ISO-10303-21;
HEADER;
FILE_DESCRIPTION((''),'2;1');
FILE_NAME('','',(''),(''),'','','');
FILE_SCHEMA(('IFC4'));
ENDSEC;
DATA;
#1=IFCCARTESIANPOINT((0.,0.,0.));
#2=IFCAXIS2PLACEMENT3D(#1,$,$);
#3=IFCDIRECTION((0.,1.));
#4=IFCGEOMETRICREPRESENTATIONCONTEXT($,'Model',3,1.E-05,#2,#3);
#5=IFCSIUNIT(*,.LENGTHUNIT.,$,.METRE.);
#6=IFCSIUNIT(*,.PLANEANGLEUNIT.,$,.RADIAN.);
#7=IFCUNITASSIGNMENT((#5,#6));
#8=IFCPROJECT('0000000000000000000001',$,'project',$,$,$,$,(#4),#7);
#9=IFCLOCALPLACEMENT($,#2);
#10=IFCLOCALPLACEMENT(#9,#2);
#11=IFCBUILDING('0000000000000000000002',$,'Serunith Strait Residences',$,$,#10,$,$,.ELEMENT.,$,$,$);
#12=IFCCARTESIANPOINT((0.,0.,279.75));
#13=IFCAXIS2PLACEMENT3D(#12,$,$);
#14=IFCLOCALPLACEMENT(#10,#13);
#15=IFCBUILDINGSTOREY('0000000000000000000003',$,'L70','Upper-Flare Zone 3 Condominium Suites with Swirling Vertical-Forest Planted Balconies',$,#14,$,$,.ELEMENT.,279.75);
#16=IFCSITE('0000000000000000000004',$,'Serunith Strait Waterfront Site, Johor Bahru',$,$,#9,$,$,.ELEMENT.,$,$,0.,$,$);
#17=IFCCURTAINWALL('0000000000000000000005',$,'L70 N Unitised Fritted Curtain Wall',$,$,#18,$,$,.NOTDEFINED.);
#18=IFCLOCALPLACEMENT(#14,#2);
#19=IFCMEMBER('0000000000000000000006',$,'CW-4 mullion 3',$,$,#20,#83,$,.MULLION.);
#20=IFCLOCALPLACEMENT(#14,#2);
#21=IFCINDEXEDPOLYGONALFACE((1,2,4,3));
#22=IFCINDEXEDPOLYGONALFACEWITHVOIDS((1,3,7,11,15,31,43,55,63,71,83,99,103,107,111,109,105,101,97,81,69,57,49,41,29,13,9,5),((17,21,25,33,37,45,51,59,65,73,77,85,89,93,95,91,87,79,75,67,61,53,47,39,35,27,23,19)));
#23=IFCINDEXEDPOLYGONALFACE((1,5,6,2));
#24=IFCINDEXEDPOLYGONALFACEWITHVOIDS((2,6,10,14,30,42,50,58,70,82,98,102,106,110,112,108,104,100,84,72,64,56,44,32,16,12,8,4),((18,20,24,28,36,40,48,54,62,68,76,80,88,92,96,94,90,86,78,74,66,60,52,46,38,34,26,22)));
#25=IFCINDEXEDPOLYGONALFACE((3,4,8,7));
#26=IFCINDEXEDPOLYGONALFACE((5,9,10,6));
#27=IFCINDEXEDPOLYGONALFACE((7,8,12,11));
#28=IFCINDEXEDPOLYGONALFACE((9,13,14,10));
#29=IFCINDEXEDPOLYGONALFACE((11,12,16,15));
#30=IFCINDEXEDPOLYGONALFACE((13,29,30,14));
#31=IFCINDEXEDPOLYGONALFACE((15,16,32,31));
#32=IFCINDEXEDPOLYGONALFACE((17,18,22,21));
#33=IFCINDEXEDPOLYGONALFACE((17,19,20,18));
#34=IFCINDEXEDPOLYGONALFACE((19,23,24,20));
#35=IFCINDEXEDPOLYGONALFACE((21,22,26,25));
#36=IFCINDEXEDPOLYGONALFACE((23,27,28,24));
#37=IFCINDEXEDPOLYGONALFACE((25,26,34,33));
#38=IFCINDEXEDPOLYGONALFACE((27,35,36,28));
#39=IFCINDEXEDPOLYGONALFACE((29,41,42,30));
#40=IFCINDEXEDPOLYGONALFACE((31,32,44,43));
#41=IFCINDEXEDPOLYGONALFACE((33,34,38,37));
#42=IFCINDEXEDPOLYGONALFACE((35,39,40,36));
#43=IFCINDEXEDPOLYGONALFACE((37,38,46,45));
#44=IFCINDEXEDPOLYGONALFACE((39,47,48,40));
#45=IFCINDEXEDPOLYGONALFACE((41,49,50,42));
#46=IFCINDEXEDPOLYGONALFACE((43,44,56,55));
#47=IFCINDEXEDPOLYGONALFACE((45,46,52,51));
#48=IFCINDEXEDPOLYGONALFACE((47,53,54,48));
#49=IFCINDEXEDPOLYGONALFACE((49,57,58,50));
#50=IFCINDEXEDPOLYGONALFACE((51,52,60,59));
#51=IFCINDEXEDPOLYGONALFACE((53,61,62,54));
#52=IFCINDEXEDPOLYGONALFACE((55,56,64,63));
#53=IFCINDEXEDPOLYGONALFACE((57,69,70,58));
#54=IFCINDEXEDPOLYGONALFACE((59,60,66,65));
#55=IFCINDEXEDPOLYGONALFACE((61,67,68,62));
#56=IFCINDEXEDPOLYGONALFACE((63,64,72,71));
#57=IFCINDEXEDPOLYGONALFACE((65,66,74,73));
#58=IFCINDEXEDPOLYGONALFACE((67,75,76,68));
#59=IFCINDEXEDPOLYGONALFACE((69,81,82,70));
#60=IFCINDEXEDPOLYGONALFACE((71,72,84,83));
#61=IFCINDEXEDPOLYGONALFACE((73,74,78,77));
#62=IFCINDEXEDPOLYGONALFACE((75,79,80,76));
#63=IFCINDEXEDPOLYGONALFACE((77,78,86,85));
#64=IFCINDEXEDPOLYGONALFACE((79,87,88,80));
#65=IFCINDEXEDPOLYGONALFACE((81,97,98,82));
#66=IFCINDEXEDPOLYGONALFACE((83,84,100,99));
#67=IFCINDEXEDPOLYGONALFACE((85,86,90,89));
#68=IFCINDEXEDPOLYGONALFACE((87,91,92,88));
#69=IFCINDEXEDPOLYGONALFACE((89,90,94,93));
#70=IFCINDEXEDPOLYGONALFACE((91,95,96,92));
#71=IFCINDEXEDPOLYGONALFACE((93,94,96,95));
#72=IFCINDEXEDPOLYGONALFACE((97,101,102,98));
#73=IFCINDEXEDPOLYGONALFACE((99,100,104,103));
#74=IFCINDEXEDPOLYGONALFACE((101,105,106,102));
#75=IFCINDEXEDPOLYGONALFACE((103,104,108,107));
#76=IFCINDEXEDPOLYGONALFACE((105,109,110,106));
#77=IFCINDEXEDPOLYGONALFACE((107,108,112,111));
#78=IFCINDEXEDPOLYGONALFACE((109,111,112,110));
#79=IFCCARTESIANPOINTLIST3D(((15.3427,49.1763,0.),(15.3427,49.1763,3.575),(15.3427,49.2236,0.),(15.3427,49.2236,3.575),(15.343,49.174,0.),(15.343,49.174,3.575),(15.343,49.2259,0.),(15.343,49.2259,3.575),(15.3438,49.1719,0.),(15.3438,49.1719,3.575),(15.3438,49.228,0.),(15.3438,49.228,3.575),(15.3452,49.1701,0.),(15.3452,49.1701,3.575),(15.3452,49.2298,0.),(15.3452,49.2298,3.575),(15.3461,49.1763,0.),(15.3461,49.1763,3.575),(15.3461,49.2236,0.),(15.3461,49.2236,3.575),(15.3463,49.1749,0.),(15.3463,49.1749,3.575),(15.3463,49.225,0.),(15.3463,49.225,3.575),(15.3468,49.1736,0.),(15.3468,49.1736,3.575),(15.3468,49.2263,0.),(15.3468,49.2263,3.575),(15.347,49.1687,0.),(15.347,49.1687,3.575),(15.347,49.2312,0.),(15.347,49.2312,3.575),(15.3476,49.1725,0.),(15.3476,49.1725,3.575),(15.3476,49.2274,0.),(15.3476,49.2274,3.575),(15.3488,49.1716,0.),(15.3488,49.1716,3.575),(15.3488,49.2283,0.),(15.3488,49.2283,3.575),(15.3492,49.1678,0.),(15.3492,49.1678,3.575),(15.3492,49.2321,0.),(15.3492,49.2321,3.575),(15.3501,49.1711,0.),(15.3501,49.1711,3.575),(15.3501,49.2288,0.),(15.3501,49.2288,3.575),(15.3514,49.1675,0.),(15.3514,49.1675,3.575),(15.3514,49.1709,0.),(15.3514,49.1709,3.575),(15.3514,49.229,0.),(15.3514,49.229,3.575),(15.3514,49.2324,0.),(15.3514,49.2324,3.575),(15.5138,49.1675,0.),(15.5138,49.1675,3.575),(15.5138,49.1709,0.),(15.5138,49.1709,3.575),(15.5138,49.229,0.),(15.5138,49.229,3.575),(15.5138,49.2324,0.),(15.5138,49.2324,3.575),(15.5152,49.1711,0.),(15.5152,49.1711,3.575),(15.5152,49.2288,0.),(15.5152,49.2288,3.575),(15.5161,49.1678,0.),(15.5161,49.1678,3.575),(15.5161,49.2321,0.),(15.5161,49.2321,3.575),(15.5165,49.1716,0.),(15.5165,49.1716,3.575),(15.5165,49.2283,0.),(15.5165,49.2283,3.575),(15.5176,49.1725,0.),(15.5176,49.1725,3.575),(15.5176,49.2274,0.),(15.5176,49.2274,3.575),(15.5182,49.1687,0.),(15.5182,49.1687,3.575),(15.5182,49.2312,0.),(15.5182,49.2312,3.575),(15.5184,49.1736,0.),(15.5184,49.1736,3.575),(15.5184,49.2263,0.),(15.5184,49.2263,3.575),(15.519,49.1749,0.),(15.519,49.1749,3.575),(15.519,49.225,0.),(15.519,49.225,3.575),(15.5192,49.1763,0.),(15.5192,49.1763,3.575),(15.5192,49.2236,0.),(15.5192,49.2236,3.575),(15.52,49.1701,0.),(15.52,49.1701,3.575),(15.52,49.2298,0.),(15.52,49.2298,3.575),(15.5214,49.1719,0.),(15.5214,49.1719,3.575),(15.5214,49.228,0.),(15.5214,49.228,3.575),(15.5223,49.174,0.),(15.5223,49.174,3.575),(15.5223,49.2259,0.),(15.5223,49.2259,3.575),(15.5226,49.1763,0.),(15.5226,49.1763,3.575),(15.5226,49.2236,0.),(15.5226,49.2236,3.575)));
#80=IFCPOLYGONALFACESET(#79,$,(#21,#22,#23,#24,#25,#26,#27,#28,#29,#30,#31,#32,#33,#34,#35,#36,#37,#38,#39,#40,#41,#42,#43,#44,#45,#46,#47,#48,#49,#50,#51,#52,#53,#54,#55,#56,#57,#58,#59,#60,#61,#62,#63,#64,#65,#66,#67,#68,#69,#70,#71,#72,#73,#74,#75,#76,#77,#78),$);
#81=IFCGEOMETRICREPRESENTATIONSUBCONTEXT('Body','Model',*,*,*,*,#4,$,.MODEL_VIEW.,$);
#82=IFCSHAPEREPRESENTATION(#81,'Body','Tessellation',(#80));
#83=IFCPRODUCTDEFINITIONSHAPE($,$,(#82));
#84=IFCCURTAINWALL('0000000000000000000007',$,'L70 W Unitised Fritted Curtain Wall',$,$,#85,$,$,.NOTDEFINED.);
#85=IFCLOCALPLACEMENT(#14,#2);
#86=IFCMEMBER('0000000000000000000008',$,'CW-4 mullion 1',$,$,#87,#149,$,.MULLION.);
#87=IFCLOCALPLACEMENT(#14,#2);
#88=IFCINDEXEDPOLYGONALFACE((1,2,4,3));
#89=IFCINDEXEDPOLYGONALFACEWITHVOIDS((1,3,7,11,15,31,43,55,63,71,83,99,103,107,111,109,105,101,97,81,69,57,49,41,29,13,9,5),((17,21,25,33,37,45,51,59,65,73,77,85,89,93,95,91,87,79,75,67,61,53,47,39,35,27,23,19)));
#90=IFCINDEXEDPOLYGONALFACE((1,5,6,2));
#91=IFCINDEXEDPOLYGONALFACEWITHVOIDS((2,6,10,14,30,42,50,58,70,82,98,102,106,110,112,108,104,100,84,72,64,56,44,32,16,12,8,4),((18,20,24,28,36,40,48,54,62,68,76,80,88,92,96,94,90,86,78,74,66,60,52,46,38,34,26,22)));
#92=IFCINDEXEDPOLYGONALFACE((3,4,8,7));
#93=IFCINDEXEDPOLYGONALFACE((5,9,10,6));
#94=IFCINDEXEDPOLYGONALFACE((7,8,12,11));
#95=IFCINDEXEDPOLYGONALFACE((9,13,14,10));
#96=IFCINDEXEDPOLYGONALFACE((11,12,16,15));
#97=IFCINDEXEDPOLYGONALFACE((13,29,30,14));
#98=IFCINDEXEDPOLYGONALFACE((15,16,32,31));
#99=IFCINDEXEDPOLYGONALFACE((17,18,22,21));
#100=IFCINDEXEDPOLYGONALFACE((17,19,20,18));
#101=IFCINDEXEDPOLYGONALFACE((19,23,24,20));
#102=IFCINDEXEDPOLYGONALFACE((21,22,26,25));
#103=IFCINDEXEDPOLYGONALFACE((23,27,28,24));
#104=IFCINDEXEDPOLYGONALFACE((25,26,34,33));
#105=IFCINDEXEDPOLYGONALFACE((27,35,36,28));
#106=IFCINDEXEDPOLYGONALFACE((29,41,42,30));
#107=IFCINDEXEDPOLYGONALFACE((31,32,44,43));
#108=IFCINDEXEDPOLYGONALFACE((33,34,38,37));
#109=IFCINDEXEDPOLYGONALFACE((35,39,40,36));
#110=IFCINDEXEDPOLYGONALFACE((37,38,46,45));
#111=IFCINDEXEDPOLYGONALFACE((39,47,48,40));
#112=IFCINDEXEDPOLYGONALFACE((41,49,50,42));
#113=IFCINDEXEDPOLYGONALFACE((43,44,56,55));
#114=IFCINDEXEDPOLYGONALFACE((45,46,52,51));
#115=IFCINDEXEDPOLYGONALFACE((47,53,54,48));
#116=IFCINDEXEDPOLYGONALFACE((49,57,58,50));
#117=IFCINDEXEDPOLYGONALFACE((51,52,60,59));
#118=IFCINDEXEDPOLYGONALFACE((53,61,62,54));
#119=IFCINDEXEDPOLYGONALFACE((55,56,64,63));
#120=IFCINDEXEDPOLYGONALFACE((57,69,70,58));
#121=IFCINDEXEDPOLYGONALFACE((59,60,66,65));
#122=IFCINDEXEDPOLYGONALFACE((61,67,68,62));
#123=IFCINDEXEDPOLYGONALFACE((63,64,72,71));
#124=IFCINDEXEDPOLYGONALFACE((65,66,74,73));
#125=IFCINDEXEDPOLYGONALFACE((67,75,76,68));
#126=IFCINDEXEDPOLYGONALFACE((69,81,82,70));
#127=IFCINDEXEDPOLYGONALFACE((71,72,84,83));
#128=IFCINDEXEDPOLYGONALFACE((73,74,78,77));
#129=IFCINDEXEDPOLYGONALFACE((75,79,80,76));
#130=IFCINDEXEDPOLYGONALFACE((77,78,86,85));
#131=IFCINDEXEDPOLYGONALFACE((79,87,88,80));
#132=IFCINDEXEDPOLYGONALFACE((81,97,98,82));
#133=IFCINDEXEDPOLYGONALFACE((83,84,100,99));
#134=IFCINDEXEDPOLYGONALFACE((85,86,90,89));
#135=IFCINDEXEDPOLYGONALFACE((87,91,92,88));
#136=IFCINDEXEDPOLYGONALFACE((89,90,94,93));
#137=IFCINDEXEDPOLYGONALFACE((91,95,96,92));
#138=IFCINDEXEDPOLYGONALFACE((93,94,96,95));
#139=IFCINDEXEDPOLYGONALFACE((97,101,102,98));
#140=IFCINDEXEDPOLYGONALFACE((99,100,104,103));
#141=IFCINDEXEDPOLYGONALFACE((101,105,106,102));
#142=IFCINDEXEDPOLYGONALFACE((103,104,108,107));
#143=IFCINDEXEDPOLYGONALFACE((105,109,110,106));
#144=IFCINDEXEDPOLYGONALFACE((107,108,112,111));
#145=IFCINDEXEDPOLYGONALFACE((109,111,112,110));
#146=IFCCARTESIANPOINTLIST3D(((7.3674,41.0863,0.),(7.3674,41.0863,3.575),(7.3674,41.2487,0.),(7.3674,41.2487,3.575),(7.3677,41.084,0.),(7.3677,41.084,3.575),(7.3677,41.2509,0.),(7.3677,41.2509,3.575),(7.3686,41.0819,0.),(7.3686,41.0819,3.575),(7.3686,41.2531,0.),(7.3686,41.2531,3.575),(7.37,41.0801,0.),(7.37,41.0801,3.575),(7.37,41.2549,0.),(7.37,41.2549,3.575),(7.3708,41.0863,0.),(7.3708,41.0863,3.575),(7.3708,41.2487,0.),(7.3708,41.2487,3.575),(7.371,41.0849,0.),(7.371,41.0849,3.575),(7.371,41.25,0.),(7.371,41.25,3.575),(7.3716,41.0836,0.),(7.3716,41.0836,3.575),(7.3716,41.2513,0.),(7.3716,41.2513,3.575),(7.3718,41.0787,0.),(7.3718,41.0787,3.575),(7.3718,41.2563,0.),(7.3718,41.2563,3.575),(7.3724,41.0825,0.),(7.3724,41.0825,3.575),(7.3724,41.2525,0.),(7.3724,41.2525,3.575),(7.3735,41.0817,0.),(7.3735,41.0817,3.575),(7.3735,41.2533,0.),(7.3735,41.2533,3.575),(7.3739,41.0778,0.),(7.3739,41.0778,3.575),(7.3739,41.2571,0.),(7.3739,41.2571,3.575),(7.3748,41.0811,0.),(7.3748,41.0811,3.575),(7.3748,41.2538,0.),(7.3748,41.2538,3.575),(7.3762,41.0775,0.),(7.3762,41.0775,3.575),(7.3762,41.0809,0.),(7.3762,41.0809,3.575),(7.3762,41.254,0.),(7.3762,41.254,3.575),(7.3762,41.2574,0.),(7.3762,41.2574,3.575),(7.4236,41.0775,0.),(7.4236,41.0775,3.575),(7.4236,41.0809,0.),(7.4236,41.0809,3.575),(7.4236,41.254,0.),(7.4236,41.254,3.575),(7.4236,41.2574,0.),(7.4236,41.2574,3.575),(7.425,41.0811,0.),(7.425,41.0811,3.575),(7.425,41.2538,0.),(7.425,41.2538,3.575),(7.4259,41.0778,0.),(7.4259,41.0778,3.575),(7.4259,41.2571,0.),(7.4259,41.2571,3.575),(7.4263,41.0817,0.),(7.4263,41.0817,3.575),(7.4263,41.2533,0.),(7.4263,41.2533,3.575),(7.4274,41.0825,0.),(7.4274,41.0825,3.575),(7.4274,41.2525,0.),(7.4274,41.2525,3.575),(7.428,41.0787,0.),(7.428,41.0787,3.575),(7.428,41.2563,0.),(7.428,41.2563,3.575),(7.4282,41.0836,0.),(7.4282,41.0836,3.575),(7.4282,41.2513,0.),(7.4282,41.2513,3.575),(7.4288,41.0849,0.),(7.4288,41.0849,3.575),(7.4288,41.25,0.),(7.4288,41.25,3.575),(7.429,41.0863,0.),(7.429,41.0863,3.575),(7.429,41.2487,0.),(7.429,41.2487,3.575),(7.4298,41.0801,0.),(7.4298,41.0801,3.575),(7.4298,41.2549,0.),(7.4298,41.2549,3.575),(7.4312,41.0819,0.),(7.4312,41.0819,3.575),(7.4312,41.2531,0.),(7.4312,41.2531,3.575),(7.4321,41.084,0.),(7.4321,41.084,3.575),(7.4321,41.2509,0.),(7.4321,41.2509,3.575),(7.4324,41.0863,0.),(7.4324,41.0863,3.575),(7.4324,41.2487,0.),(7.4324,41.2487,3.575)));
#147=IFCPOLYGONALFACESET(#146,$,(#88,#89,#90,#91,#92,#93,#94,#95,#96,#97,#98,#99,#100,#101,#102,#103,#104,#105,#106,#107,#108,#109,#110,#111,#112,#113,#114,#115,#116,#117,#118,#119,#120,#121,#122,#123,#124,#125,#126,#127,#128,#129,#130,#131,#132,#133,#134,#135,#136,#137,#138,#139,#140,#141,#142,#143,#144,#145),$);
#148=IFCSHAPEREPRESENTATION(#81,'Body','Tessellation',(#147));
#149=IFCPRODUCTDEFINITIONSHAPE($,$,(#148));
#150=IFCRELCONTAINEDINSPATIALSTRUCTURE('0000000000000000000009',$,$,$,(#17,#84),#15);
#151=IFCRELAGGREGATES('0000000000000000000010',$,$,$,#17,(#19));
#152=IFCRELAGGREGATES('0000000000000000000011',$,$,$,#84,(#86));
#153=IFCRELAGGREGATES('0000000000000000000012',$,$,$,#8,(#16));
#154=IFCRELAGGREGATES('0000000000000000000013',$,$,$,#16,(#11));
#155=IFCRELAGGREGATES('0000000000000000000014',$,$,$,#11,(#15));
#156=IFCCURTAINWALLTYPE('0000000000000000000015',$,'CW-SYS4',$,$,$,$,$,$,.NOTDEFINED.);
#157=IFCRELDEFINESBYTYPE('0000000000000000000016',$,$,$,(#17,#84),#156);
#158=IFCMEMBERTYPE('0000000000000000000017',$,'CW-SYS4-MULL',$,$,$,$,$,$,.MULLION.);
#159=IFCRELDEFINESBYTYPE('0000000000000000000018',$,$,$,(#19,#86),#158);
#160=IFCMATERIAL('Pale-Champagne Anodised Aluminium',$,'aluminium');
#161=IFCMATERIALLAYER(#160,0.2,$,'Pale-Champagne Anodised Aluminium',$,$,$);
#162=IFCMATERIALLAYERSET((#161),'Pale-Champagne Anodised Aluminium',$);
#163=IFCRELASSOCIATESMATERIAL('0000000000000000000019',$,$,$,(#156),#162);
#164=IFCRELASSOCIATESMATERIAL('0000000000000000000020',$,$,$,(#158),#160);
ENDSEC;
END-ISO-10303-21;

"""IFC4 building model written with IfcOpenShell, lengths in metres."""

from ifc_helpers import new_model, si_unit, direction, frame, origin, origin_2d, place, context, subcontext, project, spatial, hollow_rectangle, extrude, source, transform, mapped, material, layer, layer_set, material_profile, profile_set, type_object, element, aggregate, save


model = new_model("IFC4")

# Units and contexts
model_context = context("Model", 3, precision=1e-05, world=origin(), true_north=direction((0.0, 1.0)))
body_context = subcontext(model_context, "Body", "Model", "MODEL_VIEW")
ifc_project = project(units=[si_unit("LENGTHUNIT", "METRE"), si_unit("PLANEANGLEUNIT", "RADIAN")], contexts=[model_context])

# Site, building, storey
site_placement = place(None, origin())
site = spatial("IfcSite", under=ifc_project, at=site_placement, Name="Serunith Strait Waterfront Site, Johor Bahru", CompositionType="ELEMENT", RefElevation=0.0)
building_placement = place(site_placement, origin())
building = spatial("IfcBuilding", under=site, at=building_placement, Name="Serunith Strait Residences", CompositionType="ELEMENT")
storey_placement = place(building_placement, frame((0.0, 0.0, 279.75)))
storey = spatial("IfcBuildingStorey", under=building, at=storey_placement, Name="L70", Description="Upper-Flare Zone 3 Condominium Suites with Swirling Vertical-Forest Planted Balconies", CompositionType="ELEMENT", Elevation=279.75)

# Curtain wall, member
ifc_material_1 = material(Name="Pale-Champagne Anodised Aluminium", Category="aluminium")
ifc_layer_1 = layer(ifc_material_1, 0.2, Name="Pale-Champagne Anodised Aluminium")
ifc_layer_set_1 = layer_set([ifc_layer_1], Name="Pale-Champagne Anodised Aluminium")
curtain_wall_type = type_object("IfcCurtainWallType", Name="CW-SYS4", PredefinedType="NOTDEFINED", material=ifc_layer_set_1)
curtain_wall_1_placement = place(storey_placement, origin())
curtain_wall_1 = element("IfcCurtainWall", 1, at=curtain_wall_1_placement, inside=storey, type_object=curtain_wall_type, Name="L70 N Unitised Fritted Curtain Wall", PredefinedType="NOTDEFINED")
ifc_material_profile_1 = material_profile(ifc_material_1, hollow_rectangle(XDim=0.0649, YDim=0.1799, WallThickness=0.0034, InnerFilletRadius=0.0054, OuterFilletRadius=0.0088, at=origin_2d()), Name="ALU 180x65x3.5")
ifc_profile_set_1 = profile_set([ifc_material_profile_1], Name="Pale-Champagne Anodised Aluminium")
member_type_1 = type_object("IfcMemberType", Name="CW-SYS4-MULL", PredefinedType="MULLION", material=ifc_profile_set_1)
shared_shape_1 = source(origin(), body_context, "Body", "SweptSolid", [
    extrude(hollow_rectangle(XDim=0.0649, YDim=0.1799, WallThickness=0.0034, InnerFilletRadius=0.0054, OuterFilletRadius=0.0088, at=origin_2d()), origin(), (0.0, 0.0, 1.0), 3.575),
])
member_1_placement = place(storey_placement, frame((15.4326, 49.2, 0.0), z_axis=(0.0, 0.0, 1.0), x_axis=(0.0, -1.0, 0.0)))
member_1 = element("IfcMember", 2, at=member_1_placement, type_object=member_type_1, Name="CW-4 mullion 3", PredefinedType="MULLION", context=body_context, shape_type="MappedRepresentation", body=[
    mapped(shared_shape_1, transform((0.0, 0.0, 0.0), scale=1.0)),
])
aggregate(curtain_wall_1, [member_1])

# Curtain wall, member
curtain_wall_2_placement = place(storey_placement, origin())
curtain_wall_2 = element("IfcCurtainWall", 3, at=curtain_wall_2_placement, inside=storey, type_object=curtain_wall_type, Name="L70 W Unitised Fritted Curtain Wall", PredefinedType="NOTDEFINED")
member_2_placement = place(storey_placement, frame((7.3999, 41.1675, 0.0), z_axis=(0.0, 0.0, 1.0), x_axis=(1.0, 0.0, 0.0)))
member_2 = element("IfcMember", 4, at=member_2_placement, type_object=member_type_1, Name="CW-4 mullion 1", PredefinedType="MULLION", context=body_context, shape_type="MappedRepresentation", body=[
    mapped(shared_shape_1, transform((0.0, 0.0, 0.0), scale=1.0)),
])
aggregate(curtain_wall_2, [member_2])

save(model, "model.ifc")
